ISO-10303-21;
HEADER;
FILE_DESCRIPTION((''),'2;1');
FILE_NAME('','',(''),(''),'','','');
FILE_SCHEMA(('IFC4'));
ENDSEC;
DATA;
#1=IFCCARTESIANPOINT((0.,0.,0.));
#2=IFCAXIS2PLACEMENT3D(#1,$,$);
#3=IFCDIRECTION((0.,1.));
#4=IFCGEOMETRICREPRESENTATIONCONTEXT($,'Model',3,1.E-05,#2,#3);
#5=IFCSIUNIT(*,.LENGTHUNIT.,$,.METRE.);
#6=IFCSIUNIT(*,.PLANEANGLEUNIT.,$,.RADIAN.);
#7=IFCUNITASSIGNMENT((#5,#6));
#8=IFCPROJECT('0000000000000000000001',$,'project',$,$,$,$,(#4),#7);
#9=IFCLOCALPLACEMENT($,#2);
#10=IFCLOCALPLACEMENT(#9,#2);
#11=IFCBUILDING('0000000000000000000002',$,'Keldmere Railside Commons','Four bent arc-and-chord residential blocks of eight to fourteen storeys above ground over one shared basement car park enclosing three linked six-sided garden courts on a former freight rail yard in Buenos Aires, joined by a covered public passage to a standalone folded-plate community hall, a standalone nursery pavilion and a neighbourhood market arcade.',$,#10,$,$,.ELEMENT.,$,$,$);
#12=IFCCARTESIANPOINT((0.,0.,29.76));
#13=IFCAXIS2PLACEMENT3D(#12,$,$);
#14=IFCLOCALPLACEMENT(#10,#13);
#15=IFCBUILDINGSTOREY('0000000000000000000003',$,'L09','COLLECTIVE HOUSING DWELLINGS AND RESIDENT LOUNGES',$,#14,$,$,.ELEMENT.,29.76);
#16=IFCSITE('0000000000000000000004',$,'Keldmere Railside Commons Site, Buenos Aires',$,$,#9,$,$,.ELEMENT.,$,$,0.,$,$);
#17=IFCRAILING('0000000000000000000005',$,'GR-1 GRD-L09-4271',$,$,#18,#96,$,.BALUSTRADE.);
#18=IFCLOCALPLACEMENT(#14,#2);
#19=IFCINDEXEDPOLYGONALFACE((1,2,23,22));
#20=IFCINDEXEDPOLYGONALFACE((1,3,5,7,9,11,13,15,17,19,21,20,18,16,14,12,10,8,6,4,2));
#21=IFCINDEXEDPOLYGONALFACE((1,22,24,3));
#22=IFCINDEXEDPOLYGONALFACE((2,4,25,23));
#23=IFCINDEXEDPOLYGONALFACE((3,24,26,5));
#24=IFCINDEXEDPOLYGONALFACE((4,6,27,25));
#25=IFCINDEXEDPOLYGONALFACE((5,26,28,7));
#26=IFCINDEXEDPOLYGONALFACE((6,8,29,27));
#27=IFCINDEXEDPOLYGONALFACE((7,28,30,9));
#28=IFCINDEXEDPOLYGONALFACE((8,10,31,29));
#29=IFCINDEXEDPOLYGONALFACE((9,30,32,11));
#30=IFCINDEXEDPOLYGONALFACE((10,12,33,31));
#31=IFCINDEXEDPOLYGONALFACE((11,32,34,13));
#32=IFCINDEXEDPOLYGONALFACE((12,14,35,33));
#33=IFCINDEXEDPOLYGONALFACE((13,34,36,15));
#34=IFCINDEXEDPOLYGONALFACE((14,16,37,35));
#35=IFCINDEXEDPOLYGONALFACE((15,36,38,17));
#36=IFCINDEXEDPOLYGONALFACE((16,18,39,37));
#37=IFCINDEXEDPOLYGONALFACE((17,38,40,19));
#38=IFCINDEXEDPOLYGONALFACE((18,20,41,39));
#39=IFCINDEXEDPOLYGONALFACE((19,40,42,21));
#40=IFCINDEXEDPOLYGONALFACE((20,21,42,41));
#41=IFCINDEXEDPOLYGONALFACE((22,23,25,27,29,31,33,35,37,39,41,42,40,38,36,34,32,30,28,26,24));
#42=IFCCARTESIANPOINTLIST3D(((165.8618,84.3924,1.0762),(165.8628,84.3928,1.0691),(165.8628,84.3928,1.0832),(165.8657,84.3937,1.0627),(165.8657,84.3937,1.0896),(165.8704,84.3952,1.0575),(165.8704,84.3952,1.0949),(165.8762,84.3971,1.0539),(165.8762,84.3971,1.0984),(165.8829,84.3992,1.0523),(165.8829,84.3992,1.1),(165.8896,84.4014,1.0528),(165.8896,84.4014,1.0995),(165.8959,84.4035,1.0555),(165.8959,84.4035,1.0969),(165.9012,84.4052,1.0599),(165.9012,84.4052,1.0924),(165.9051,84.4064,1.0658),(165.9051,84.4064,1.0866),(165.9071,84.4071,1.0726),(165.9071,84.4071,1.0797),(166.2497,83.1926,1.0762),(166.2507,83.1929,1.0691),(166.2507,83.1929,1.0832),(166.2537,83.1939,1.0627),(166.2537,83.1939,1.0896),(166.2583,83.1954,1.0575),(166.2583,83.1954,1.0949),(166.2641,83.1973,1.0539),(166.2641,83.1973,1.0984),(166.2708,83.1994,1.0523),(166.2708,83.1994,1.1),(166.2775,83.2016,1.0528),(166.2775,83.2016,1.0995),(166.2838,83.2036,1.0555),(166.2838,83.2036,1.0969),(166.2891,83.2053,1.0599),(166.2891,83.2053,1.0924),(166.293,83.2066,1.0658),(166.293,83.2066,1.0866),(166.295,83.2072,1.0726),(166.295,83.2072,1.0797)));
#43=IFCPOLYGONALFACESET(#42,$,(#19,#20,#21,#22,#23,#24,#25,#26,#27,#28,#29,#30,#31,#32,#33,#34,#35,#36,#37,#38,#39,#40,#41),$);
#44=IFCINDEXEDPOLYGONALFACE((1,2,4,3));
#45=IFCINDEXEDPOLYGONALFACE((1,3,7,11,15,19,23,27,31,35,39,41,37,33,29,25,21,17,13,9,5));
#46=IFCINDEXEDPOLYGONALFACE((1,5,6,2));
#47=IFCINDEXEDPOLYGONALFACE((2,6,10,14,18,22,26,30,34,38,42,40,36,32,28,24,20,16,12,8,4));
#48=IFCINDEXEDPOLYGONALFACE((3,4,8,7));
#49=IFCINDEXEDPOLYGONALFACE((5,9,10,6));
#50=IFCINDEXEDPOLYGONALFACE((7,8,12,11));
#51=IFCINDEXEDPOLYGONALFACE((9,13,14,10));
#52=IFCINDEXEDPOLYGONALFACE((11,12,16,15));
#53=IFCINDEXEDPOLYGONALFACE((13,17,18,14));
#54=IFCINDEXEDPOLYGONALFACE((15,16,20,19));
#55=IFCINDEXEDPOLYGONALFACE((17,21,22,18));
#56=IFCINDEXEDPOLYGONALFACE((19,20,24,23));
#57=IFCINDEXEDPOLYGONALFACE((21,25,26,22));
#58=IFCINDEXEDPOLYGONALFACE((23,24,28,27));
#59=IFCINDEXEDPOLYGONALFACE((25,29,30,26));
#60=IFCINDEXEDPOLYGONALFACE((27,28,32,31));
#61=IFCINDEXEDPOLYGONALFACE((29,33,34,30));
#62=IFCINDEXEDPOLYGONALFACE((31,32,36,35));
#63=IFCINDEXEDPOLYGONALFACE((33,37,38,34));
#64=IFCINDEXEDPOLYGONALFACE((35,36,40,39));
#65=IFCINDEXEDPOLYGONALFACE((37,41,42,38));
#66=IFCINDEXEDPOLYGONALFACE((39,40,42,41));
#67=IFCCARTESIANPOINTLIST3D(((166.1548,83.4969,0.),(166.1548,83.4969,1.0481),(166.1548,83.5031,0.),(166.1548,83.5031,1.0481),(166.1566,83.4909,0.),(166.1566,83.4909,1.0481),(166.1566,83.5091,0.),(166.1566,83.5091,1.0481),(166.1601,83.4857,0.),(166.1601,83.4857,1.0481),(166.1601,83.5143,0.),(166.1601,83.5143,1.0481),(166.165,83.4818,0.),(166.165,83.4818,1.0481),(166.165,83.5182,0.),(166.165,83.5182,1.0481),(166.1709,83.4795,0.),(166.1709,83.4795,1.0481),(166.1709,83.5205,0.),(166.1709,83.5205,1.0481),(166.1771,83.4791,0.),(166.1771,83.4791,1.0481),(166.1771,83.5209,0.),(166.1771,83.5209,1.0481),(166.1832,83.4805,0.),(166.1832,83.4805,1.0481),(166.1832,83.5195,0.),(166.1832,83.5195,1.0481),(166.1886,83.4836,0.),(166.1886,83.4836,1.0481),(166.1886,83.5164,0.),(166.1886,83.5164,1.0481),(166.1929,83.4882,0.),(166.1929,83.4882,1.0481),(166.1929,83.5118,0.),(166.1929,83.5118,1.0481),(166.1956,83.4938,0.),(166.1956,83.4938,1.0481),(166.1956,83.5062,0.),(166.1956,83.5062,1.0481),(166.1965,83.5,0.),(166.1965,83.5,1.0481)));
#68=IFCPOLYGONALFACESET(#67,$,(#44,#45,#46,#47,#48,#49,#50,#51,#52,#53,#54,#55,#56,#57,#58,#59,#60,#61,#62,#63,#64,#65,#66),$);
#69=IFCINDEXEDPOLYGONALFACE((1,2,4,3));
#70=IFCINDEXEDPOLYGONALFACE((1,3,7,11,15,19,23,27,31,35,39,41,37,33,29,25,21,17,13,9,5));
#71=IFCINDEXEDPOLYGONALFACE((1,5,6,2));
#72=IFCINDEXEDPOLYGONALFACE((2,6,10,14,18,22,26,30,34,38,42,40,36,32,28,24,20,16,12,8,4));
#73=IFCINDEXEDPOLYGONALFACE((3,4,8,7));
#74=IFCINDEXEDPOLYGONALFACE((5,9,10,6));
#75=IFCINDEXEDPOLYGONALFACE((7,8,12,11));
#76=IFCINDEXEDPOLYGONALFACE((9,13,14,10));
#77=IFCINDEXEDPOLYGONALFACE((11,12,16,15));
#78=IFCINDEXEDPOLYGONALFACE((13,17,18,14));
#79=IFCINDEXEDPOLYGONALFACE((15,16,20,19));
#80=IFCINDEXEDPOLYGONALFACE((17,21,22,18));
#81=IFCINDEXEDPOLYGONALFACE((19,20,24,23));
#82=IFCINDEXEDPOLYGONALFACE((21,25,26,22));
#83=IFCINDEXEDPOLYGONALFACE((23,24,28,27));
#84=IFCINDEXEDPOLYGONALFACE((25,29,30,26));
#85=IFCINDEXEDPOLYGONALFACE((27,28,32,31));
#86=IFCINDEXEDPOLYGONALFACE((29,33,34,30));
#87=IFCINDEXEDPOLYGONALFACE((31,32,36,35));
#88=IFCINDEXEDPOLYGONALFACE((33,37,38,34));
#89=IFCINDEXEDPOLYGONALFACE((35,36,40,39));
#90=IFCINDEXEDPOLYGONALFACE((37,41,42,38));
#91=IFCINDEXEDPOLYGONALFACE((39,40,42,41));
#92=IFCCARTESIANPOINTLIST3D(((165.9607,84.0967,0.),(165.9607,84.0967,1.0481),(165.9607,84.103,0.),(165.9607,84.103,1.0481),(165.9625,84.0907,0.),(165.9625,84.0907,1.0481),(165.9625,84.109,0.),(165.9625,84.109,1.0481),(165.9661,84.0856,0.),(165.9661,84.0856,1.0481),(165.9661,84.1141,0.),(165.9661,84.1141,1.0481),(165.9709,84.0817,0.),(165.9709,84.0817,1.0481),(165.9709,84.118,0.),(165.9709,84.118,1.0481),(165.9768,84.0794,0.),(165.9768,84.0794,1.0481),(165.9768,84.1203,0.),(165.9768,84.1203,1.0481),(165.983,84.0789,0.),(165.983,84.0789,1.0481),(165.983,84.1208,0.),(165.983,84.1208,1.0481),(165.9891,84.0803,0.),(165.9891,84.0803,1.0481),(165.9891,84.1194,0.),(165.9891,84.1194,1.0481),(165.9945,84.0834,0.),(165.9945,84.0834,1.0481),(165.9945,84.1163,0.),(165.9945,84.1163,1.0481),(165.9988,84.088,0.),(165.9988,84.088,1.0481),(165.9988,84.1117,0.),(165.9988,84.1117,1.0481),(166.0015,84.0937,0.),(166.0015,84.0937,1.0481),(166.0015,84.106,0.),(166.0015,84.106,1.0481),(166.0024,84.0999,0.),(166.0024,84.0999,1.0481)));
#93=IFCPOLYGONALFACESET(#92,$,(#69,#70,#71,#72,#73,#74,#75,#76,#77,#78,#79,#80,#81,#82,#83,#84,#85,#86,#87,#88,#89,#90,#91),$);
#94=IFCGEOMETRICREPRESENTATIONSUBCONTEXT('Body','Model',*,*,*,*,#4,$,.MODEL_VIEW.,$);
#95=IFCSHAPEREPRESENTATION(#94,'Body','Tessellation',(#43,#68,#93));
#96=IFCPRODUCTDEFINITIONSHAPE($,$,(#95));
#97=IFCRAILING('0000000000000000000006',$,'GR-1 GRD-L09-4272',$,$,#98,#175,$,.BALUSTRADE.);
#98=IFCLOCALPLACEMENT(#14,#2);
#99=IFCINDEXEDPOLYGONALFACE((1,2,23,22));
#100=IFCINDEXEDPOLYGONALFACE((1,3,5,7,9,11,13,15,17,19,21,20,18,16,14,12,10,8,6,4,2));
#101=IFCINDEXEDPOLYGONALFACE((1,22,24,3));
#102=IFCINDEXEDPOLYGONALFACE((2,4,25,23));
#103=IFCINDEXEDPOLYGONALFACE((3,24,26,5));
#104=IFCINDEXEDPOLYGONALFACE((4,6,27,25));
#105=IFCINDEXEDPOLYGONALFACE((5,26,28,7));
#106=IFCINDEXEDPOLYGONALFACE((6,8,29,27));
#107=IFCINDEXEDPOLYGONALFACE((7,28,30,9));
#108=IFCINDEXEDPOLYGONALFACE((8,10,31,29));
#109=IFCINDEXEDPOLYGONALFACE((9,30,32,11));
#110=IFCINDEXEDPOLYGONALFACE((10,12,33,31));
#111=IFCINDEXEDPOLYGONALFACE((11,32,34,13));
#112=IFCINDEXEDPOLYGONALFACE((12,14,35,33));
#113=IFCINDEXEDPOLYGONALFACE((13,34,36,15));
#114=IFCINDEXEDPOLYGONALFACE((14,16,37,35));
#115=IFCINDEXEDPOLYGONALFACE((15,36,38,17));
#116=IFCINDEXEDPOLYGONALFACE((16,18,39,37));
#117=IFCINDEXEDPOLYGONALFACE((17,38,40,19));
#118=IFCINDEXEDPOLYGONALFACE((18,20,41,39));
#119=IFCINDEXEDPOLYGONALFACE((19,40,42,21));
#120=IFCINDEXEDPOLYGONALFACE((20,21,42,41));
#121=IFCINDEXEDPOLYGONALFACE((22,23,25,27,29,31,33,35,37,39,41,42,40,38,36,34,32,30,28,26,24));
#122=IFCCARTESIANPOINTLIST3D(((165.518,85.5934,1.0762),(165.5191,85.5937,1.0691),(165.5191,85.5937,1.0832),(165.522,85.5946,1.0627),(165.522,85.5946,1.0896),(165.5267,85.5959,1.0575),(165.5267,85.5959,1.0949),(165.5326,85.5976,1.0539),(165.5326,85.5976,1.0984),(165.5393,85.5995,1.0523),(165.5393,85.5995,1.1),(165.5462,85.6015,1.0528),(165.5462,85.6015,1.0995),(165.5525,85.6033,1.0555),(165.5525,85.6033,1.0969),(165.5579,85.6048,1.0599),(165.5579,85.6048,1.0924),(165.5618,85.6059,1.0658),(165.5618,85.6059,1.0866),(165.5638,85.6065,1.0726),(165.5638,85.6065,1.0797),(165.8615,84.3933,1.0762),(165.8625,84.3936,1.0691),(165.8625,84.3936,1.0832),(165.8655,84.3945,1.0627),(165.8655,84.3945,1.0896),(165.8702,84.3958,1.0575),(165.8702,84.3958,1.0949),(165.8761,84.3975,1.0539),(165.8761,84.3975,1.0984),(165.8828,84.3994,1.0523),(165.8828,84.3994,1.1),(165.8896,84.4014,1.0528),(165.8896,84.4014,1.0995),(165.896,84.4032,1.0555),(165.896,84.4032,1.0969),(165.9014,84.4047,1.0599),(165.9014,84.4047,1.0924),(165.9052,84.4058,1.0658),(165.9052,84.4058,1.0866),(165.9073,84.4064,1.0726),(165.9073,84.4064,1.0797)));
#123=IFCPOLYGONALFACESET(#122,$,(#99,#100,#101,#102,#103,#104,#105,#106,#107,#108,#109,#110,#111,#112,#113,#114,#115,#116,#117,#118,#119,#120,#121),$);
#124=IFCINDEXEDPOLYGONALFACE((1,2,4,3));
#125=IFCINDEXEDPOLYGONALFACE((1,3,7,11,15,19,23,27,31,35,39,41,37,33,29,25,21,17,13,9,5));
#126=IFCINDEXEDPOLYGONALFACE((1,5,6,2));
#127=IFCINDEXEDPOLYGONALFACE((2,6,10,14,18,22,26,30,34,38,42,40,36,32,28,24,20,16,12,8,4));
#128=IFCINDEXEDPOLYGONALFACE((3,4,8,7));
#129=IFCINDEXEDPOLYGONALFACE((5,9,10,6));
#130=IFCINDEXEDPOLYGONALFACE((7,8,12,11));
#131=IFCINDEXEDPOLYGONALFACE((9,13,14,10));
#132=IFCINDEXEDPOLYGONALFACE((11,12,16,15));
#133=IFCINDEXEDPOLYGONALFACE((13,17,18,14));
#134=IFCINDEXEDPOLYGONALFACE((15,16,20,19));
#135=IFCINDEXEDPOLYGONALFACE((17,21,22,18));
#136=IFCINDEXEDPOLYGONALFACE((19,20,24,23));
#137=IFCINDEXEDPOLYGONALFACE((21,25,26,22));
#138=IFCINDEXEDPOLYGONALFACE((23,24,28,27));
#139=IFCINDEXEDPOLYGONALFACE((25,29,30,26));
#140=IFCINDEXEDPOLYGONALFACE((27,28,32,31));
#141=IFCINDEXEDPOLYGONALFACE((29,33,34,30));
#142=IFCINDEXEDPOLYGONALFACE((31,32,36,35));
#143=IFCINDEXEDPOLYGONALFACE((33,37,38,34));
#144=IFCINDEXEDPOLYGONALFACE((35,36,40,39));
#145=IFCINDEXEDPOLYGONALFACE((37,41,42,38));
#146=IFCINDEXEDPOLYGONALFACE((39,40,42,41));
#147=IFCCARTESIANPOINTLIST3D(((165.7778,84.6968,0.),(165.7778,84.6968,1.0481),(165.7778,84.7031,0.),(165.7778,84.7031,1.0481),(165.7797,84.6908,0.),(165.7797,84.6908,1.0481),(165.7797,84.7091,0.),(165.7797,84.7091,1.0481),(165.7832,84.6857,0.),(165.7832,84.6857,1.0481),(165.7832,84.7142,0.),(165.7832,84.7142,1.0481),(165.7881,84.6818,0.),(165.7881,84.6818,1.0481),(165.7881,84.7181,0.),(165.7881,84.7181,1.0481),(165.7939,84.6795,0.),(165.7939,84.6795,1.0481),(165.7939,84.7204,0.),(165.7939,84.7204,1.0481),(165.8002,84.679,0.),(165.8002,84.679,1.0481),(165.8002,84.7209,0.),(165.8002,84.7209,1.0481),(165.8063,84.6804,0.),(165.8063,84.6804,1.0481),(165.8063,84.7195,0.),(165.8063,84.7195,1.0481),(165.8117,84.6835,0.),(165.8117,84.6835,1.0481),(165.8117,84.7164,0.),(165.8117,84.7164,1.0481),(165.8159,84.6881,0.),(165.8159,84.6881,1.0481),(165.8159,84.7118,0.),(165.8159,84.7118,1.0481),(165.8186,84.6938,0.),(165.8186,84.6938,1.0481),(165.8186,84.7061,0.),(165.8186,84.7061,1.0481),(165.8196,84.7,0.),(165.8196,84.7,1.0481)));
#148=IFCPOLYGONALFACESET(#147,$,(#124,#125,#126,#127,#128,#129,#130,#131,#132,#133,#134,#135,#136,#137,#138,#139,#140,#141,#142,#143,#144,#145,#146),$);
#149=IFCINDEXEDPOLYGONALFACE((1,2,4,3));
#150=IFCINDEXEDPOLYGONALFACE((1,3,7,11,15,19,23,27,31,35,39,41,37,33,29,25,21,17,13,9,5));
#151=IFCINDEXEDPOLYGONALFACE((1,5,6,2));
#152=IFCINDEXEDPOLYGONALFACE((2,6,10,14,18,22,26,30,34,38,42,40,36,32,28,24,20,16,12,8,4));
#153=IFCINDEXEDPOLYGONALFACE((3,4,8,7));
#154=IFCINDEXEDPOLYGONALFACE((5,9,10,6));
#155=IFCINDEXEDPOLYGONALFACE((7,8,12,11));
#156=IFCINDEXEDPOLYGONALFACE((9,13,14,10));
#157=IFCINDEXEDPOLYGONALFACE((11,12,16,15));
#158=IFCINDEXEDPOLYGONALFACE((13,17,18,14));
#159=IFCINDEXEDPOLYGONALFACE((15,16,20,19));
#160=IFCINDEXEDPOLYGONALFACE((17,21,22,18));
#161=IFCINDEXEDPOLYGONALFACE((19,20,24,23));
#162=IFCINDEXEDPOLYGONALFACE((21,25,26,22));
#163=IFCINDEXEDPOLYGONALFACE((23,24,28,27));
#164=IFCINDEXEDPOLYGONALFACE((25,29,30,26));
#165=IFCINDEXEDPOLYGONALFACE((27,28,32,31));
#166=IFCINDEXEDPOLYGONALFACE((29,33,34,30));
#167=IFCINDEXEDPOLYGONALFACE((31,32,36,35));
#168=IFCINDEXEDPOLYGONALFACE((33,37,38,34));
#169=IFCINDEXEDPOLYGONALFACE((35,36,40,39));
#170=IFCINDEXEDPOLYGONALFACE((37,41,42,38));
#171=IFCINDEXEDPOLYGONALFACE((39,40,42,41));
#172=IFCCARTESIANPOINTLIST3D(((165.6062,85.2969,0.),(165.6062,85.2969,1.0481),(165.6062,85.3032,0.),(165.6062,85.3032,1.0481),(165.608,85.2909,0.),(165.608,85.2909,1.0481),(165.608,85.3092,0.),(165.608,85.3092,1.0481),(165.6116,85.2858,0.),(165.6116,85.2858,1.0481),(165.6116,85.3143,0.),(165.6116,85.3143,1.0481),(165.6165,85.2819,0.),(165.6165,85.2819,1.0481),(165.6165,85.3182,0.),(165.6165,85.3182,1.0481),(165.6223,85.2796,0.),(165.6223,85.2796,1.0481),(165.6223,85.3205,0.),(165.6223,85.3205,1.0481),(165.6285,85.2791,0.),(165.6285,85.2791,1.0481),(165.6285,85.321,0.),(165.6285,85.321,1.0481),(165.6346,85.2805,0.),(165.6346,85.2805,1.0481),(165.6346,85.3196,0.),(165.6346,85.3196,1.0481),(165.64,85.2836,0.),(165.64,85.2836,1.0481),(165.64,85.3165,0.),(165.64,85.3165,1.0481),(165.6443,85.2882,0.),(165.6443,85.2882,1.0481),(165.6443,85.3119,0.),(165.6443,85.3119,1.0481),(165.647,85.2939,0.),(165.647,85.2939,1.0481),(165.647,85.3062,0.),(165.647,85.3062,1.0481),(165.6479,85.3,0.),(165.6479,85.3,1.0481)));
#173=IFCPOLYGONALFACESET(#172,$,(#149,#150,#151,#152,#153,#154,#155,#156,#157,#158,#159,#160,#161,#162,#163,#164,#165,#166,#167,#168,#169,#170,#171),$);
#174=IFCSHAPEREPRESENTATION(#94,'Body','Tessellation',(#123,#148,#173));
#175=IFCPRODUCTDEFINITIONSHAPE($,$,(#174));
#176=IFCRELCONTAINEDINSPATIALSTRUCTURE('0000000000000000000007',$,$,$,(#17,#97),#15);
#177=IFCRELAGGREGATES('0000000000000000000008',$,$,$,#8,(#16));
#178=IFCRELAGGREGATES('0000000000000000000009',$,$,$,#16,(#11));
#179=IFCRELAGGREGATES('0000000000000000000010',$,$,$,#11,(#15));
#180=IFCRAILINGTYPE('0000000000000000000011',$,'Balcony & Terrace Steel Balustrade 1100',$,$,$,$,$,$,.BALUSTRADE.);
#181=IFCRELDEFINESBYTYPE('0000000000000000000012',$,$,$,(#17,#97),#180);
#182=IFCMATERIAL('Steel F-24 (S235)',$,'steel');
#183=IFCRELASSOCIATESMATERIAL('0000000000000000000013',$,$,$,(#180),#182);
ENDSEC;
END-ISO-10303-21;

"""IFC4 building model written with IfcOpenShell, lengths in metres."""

from ifc_helpers import new_model, si_unit, direction, frame, origin, origin_2d, place, context, subcontext, project, spatial, circle, extrude, material, type_object, element, save


model = new_model("IFC4")

# Units and contexts
model_context = context("Model", 3, precision=1e-05, world=origin(), true_north=direction((0.0, 1.0)))
body_context = subcontext(model_context, "Body", "Model", "MODEL_VIEW")
ifc_project = project(units=[si_unit("LENGTHUNIT", "METRE"), si_unit("PLANEANGLEUNIT", "RADIAN")], contexts=[model_context])

# Site, building, storey
site_placement = place(None, origin())
site = spatial("IfcSite", under=ifc_project, at=site_placement, Name="Keldmere Railside Commons Site, Buenos Aires", CompositionType="ELEMENT", RefElevation=0.0)
building_placement = place(site_placement, origin())
building = spatial("IfcBuilding", under=site, at=building_placement, Name="Keldmere Railside Commons", Description="Four bent arc-and-chord residential blocks of eight to fourteen storeys above ground over one shared basement car park enclosing three linked six-sided garden courts on a former freight rail yard in Buenos Aires, joined by a covered public passage to a standalone folded-plate community hall, a standalone nursery pavilion and a neighbourhood market arcade.", CompositionType="ELEMENT")
storey_placement = place(building_placement, frame((0.0, 0.0, 29.76)))
storey = spatial("IfcBuildingStorey", under=building, at=storey_placement, Name="L09", Description="COLLECTIVE HOUSING DWELLINGS AND RESIDENT LOUNGES", CompositionType="ELEMENT", Elevation=29.76)

# Railings
ifc_material_1 = material(Name="Steel F-24 (S235)", Category="steel")
railing_type = type_object("IfcRailingType", Name="Balcony & Terrace Steel Balustrade 1100", PredefinedType="BALUSTRADE", material=ifc_material_1)
railing_1_placement = place(storey_placement, frame((166.2725, 83.2, 0.0)))
element("IfcRailing", 1, at=railing_1_placement, inside=storey, type_object=railing_type, Name="GR-1 GRD-L09-4271", PredefinedType="BALUSTRADE", context=body_context, shape_type="SweptSolid", body=[
    extrude(circle(Radius=0.0239, at=origin_2d()), frame((0.0, 0.0, 1.0762), z_axis=(-0.307619, 0.95151, 0.0), x_axis=(-0.95151, -0.307619, 0.0)), (0.0, 0.0, 1.0), 1.261),
    extrude(circle(Radius=0.021, at=origin_2d()), frame((-0.0969, 0.3, 0.0)), (0.0, 0.0, 1.0), 1.0481),
    extrude(circle(Radius=0.021, at=origin_2d()), frame((-0.291, 0.8999, 0.0)), (0.0, 0.0, 1.0), 1.0481),
])
railing_2_placement = place(storey_placement, frame((165.8845, 84.3999, 0.0)))
element("IfcRailing", 2, at=railing_2_placement, inside=storey, type_object=railing_type, Name="GR-1 GRD-L09-4272", PredefinedType="BALUSTRADE", context=body_context, shape_type="SweptSolid", body=[
    extrude(circle(Radius=0.0239, at=origin_2d()), frame((0.0, 0.0, 1.0762), z_axis=(-0.27516, 0.961398, 0.0), x_axis=(-0.961398, -0.27516, 0.0)), (0.0, 0.0, 1.0), 1.2483),
    extrude(circle(Radius=0.021, at=origin_2d()), frame((-0.0859, 0.3, 0.0)), (0.0, 0.0, 1.0), 1.0481),
    extrude(circle(Radius=0.021, at=origin_2d()), frame((-0.2576, 0.9001, 0.0)), (0.0, 0.0, 1.0), 1.0481),
])

save(model, "model.ifc")
